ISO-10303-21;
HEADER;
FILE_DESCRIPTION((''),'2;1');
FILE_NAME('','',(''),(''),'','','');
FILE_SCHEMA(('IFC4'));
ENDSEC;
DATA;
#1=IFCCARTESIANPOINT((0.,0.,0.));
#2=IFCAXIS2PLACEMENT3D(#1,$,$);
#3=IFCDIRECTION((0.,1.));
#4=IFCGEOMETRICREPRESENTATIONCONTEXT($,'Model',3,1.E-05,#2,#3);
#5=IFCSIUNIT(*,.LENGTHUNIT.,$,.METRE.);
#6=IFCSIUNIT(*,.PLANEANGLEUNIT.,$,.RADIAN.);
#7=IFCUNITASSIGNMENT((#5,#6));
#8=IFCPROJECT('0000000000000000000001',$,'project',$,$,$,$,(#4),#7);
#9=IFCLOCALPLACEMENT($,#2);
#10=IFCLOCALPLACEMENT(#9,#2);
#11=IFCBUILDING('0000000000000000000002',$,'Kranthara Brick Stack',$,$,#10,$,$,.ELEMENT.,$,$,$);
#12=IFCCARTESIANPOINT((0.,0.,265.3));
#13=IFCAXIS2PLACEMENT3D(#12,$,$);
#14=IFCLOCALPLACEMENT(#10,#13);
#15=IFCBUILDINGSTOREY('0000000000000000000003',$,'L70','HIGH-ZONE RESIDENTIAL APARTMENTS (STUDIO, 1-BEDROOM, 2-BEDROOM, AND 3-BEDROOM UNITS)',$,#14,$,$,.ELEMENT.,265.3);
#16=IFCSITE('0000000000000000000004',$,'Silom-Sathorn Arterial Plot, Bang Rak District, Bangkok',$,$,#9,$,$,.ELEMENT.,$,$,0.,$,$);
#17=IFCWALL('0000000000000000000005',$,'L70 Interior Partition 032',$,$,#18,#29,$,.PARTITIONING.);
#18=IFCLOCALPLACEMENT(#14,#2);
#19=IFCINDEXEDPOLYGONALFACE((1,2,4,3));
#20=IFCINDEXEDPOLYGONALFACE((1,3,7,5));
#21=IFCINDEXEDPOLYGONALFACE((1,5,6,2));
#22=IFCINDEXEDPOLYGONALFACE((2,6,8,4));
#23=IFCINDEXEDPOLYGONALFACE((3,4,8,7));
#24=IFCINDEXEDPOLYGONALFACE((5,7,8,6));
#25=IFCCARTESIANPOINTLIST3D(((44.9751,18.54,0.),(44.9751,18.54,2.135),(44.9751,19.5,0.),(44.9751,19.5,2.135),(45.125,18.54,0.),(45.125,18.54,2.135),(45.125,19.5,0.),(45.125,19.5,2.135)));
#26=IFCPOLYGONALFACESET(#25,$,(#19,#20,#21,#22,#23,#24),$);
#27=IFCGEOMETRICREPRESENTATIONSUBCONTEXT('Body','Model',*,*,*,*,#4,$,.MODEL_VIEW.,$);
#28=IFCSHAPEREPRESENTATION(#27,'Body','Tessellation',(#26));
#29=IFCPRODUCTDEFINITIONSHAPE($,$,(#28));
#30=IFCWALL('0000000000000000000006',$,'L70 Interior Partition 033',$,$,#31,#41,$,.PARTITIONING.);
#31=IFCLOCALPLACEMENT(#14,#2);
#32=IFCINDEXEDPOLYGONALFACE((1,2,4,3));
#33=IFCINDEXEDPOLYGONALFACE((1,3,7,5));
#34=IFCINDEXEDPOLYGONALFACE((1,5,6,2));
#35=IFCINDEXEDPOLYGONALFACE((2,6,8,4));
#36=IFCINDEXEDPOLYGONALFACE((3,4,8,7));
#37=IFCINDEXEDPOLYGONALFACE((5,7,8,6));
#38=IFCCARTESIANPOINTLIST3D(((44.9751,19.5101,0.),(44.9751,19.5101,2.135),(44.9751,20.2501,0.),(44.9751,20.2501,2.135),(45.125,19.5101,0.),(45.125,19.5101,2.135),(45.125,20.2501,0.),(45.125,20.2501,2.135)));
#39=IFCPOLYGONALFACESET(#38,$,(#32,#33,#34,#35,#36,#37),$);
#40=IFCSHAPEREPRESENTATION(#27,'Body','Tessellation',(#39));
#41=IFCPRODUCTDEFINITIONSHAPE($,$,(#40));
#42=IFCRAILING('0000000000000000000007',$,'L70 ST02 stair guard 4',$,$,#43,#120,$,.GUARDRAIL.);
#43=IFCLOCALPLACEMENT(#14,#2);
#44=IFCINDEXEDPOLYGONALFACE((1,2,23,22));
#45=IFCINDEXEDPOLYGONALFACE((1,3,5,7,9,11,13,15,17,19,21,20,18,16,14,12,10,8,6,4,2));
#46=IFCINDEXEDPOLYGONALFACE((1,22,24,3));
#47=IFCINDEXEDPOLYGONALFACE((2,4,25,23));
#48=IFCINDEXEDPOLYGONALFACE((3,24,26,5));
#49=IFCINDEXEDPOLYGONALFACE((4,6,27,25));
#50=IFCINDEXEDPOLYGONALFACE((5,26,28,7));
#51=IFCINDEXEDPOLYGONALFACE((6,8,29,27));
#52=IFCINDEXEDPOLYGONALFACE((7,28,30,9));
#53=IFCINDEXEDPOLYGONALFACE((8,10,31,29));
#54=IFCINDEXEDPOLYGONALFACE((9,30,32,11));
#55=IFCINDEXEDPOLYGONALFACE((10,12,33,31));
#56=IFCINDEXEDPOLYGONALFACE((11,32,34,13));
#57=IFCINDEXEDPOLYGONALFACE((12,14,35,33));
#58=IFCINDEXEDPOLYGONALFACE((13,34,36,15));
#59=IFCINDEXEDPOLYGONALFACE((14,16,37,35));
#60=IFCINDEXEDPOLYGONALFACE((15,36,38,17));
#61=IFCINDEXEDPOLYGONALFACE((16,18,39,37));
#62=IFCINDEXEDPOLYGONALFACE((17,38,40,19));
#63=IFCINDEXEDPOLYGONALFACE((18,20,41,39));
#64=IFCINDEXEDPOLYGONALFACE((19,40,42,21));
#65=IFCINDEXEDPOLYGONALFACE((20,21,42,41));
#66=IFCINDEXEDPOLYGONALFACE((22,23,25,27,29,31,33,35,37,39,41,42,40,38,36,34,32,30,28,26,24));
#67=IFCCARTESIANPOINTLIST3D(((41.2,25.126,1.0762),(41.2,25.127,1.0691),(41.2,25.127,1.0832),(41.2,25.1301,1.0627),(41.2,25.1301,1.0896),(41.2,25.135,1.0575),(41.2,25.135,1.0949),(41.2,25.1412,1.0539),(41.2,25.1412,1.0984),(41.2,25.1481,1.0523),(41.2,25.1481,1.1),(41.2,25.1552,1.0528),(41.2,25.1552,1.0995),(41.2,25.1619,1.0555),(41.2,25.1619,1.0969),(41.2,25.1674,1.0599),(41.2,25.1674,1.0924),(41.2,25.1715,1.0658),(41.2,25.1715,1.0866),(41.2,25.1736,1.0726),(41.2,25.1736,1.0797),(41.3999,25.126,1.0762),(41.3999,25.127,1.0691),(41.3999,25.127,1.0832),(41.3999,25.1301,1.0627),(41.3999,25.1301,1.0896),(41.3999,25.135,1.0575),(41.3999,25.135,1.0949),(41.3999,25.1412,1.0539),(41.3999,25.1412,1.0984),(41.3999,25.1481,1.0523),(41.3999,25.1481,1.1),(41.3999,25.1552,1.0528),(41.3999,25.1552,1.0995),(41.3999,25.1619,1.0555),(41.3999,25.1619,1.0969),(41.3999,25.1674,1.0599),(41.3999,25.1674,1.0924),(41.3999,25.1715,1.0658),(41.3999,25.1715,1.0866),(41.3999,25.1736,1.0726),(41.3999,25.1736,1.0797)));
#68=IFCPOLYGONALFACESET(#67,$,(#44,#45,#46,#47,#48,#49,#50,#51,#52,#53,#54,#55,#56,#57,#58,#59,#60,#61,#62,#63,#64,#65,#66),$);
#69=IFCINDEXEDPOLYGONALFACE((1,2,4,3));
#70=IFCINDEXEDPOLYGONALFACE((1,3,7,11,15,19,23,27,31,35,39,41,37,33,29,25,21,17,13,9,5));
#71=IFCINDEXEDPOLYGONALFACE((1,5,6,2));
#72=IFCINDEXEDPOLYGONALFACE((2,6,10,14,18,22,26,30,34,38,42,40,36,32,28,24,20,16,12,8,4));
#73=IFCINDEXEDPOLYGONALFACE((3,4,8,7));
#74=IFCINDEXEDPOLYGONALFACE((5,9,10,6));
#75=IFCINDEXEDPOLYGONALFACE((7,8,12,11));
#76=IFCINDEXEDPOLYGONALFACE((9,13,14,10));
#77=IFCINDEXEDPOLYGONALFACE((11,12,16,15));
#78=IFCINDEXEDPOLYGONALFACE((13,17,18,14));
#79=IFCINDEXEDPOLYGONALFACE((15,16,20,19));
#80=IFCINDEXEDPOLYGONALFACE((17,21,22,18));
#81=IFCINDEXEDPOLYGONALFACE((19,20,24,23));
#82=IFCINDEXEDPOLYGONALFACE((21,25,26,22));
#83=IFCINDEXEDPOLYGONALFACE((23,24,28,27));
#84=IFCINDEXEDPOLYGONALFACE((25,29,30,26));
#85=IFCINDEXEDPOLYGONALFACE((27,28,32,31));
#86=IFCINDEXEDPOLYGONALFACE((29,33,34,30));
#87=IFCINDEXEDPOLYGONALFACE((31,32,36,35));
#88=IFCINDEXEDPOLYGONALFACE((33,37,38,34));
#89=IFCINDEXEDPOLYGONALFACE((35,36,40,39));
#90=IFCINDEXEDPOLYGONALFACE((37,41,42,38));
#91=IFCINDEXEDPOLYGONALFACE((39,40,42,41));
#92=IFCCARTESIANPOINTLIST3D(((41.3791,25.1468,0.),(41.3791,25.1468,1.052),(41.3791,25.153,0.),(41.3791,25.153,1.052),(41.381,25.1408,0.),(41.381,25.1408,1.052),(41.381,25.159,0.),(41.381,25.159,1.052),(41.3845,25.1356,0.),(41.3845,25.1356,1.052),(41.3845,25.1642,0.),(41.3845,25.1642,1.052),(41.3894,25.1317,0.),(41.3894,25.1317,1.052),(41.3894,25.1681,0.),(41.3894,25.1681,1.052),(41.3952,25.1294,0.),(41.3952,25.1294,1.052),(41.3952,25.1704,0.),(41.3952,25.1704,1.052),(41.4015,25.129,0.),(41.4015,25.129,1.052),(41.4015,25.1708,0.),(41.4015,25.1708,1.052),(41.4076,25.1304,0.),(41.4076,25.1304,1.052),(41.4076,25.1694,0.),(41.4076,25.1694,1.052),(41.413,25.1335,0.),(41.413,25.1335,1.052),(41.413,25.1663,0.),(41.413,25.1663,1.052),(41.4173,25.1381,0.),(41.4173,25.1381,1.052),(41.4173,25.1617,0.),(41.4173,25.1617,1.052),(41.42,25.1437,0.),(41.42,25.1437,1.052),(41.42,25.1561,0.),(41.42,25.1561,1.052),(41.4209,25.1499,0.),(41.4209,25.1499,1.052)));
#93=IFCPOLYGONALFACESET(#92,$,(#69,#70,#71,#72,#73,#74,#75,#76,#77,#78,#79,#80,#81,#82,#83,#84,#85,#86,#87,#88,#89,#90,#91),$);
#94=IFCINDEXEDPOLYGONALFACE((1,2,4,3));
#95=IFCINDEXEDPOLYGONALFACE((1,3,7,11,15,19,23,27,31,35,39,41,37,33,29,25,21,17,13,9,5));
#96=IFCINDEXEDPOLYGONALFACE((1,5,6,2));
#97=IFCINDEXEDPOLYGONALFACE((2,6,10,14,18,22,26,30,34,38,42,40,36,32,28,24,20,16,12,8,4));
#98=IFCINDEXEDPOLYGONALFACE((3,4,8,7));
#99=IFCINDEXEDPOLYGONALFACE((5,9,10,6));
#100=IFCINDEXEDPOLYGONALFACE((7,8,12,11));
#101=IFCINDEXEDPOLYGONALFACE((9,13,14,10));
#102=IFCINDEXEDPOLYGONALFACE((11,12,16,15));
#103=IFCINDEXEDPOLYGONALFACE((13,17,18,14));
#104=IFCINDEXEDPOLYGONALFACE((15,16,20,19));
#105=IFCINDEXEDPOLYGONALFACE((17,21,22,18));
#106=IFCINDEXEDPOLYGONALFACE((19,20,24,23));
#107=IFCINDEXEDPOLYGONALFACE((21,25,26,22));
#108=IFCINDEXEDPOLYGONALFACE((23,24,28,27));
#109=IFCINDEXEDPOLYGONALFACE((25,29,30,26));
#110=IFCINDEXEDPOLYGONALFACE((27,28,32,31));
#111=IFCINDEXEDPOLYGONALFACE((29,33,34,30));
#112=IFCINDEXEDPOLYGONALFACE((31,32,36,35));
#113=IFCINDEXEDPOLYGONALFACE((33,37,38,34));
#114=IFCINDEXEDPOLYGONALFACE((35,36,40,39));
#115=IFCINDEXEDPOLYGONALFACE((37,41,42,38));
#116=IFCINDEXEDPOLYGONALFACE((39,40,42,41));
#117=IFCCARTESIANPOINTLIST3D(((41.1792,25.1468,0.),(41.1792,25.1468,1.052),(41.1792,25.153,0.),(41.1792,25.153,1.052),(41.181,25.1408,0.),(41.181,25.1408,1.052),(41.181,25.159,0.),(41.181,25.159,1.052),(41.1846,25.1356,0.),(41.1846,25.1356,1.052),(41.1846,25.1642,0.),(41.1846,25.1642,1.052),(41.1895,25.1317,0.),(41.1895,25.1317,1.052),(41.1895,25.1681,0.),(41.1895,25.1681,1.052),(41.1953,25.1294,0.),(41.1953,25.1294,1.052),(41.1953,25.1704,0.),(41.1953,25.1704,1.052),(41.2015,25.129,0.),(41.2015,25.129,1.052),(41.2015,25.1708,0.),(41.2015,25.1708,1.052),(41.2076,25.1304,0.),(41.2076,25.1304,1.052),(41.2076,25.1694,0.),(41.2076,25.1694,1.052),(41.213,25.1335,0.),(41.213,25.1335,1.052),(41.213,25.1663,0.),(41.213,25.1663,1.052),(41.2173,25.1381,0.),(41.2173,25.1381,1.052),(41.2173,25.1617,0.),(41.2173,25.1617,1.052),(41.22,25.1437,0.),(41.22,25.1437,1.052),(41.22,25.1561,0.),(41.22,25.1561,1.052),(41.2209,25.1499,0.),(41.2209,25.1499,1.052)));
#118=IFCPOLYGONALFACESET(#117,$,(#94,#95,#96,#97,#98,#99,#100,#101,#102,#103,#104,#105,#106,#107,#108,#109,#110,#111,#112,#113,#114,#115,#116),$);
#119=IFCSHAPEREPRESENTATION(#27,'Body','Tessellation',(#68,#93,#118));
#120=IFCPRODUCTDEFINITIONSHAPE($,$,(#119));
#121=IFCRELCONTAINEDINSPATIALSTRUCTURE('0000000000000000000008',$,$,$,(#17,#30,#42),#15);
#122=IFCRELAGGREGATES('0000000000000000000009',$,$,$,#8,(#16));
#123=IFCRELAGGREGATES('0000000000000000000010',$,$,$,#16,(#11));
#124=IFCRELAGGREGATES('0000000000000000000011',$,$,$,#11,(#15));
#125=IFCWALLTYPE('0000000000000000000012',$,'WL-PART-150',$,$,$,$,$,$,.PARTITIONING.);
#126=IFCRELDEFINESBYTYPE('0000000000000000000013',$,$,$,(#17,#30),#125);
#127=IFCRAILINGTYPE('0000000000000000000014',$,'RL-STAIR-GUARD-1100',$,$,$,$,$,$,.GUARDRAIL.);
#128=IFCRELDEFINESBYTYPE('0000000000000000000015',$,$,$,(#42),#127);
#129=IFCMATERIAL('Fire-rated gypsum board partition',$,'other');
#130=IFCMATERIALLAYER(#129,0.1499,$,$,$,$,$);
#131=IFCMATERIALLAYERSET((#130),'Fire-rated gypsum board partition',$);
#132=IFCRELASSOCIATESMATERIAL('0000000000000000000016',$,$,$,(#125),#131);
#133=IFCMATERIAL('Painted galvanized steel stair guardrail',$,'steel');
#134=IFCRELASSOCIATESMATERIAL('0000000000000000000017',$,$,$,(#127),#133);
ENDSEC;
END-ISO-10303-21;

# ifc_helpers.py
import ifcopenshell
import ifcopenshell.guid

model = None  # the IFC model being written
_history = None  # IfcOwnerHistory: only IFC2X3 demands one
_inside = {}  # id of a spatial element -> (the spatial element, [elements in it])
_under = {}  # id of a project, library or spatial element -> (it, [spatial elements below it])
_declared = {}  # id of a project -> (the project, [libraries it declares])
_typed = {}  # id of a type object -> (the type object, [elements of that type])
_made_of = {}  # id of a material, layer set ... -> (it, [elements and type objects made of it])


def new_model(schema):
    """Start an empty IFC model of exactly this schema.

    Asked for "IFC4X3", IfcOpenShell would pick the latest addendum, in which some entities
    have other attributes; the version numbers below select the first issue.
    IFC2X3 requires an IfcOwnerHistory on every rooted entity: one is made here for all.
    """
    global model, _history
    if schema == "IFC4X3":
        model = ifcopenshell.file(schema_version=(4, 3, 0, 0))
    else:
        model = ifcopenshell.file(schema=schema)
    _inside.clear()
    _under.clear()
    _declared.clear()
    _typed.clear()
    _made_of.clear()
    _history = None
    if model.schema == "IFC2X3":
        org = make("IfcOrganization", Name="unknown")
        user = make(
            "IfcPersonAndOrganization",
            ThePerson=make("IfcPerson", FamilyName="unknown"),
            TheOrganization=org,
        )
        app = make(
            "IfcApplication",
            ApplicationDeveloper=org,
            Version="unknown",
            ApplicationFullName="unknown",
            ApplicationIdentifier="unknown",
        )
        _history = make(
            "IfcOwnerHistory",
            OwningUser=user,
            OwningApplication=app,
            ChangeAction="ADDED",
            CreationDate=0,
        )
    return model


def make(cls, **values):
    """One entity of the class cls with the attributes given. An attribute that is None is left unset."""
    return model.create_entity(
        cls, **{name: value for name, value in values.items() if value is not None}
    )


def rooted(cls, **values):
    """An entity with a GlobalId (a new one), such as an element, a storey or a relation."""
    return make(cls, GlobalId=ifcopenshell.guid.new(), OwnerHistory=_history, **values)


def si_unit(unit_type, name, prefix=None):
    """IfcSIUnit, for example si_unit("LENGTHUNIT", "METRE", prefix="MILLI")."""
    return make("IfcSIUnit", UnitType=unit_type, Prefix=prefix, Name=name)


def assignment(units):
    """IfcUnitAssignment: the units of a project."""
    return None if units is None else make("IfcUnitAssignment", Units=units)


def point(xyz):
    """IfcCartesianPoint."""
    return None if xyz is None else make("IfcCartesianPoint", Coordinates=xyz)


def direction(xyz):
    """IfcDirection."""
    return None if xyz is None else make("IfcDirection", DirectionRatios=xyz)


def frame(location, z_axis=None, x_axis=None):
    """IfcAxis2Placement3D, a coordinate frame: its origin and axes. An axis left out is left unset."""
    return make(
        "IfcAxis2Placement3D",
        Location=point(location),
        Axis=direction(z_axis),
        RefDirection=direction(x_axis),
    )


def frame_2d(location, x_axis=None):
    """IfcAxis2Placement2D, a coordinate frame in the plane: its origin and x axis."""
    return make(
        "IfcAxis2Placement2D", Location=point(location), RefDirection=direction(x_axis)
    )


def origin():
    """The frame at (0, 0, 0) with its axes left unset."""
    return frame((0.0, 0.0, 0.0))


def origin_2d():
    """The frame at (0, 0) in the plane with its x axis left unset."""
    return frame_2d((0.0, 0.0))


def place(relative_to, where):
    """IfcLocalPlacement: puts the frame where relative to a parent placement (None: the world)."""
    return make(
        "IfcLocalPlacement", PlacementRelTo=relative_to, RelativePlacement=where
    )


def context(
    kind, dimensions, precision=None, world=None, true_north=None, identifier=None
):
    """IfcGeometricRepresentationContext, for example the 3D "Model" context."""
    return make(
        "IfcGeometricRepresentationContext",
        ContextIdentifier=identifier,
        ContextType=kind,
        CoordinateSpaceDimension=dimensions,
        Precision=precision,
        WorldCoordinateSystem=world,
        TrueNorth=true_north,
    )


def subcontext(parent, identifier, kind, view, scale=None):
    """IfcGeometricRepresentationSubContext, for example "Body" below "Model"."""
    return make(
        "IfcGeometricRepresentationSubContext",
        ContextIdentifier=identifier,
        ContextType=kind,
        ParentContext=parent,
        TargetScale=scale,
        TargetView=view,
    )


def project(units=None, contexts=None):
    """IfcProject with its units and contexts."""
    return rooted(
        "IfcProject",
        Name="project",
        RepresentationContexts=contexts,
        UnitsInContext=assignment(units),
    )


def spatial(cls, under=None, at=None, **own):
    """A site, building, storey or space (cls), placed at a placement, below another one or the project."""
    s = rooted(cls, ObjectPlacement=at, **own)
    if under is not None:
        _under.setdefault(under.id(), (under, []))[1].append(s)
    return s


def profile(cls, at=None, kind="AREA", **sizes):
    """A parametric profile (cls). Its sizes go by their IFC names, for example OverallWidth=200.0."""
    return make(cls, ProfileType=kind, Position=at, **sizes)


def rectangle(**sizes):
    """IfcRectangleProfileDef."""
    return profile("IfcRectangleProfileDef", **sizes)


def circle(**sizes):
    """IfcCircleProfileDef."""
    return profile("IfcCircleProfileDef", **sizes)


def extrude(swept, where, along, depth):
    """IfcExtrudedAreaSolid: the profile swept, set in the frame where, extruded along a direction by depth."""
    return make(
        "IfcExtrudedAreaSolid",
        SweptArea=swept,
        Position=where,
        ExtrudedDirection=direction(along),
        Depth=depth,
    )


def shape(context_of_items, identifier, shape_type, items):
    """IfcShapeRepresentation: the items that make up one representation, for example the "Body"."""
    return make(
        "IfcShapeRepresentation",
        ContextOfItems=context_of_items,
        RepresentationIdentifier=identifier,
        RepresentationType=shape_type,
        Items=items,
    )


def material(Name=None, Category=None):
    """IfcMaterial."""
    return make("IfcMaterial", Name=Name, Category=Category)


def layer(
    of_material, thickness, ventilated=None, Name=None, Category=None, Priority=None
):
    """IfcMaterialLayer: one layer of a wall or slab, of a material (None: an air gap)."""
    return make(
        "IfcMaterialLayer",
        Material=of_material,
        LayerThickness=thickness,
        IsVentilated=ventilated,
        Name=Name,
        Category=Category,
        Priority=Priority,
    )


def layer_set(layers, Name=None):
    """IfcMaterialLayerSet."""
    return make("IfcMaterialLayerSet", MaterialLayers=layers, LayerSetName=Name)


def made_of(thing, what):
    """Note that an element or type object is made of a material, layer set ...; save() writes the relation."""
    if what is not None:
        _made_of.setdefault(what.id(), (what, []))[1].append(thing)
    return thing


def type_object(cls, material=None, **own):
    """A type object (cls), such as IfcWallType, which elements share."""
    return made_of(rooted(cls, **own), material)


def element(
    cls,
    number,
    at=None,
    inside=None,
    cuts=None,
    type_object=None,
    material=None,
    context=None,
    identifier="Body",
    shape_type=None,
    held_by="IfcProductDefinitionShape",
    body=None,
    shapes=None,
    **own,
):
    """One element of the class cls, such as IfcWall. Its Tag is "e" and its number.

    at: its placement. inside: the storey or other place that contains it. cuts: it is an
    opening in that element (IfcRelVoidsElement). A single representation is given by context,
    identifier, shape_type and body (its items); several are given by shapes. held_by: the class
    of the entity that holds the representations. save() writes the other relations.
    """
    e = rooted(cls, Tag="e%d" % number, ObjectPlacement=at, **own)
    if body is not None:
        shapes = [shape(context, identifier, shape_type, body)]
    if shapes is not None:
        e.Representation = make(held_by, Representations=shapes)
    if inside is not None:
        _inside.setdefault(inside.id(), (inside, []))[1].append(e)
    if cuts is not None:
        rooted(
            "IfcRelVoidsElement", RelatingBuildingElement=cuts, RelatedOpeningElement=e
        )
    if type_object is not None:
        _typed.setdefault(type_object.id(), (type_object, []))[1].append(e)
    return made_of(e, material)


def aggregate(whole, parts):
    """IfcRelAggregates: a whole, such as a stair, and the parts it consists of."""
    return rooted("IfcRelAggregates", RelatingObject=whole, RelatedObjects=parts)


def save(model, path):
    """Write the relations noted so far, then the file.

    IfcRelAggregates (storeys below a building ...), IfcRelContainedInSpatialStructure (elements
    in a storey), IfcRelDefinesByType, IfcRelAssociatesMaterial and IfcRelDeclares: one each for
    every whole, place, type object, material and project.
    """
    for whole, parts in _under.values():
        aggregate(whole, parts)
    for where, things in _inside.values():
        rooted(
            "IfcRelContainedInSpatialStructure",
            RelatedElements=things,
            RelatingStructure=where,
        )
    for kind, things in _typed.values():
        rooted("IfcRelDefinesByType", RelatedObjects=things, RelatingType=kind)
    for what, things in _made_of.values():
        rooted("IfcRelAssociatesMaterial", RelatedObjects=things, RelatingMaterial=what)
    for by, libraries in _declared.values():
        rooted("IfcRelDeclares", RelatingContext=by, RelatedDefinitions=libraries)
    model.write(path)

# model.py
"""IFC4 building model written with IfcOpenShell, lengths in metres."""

from ifc_helpers import new_model, si_unit, direction, frame, frame_2d, origin, origin_2d, place, context, subcontext, project, spatial, rectangle, circle, extrude, material, layer, layer_set, type_object, element, save


model = new_model("IFC4")

# Units and contexts
model_context = context("Model", 3, precision=1e-05, world=origin(), true_north=direction((0.0, 1.0)))
body_context = subcontext(model_context, "Body", "Model", "MODEL_VIEW")
ifc_project = project(units=[si_unit("LENGTHUNIT", "METRE"), si_unit("PLANEANGLEUNIT", "RADIAN")], contexts=[model_context])

# Site, building, storey
site_placement = place(None, origin())
site = spatial("IfcSite", under=ifc_project, at=site_placement, Name="Silom-Sathorn Arterial Plot, Bang Rak District, Bangkok", CompositionType="ELEMENT", RefElevation=0.0)
building_placement = place(site_placement, origin())
building = spatial("IfcBuilding", under=site, at=building_placement, Name="Kranthara Brick Stack", CompositionType="ELEMENT")
storey_placement = place(building_placement, frame((0.0, 0.0, 265.3)))
storey = spatial("IfcBuildingStorey", under=building, at=storey_placement, Name="L70", Description="HIGH-ZONE RESIDENTIAL APARTMENTS (STUDIO, 1-BEDROOM, 2-BEDROOM, AND 3-BEDROOM UNITS)", CompositionType="ELEMENT", Elevation=265.3)

# Walls
ifc_material_1 = material(Name="Fire-rated gypsum board partition", Category="other")
ifc_layer_1 = layer(ifc_material_1, 0.1499)
ifc_layer_set_1 = layer_set([ifc_layer_1], Name="Fire-rated gypsum board partition")
wall_type_1 = type_object("IfcWallType", Name="WL-PART-150", PredefinedType="PARTITIONING", material=ifc_layer_set_1)
wall_1_placement = place(storey_placement, frame((45.05, 19.5, 0.0), z_axis=(0.0, 0.0, 1.0), x_axis=(0.0, -1.0, 0.0)))
element("IfcWall", 1, at=wall_1_placement, inside=storey, type_object=wall_type_1, Name="L70 Interior Partition 032", PredefinedType="PARTITIONING", context=body_context, shape_type="SweptSolid", body=[
    extrude(rectangle(XDim=0.96, YDim=0.1499, at=frame_2d((0.48, 0.0))), origin(), (0.0, 0.0, 1.0), 2.135),
])
wall_2_placement = place(storey_placement, frame((45.05, 19.51, 0.0), z_axis=(0.0, 0.0, 1.0), x_axis=(0.0, 1.0, 0.0)))
element("IfcWall", 2, at=wall_2_placement, inside=storey, type_object=wall_type_1, Name="L70 Interior Partition 033", PredefinedType="PARTITIONING", context=body_context, shape_type="SweptSolid", body=[
    extrude(rectangle(XDim=0.74, YDim=0.1499, at=frame_2d((0.3701, 0.0))), origin(), (0.0, 0.0, 1.0), 2.135),
])

# Railing
ifc_material_2 = material(Name="Painted galvanized steel stair guardrail", Category="steel")
railing_type = type_object("IfcRailingType", Name="RL-STAIR-GUARD-1100", PredefinedType="GUARDRAIL", material=ifc_material_2)
railing_placement = place(storey_placement, frame((41.3999, 25.1499, 0.0)))
element("IfcRailing", 3, at=railing_placement, inside=storey, type_object=railing_type, Name="L70 ST02 stair guard 4", PredefinedType="GUARDRAIL", context=body_context, shape_type="SweptSolid", body=[
    extrude(circle(Radius=0.0239, at=origin_2d()), frame((0.0, 0.0, 1.0762), z_axis=(-1.0, 0.0, 0.0), x_axis=(0.0, -1.0, 0.0)), (0.0, 0.0, 1.0), 0.2),
    extrude(circle(Radius=0.021, at=origin_2d()), origin(), (0.0, 0.0, 1.0), 1.052),
    extrude(circle(Radius=0.021, at=origin_2d()), frame((-0.2, 0.0, 0.0)), (0.0, 0.0, 1.0), 1.052),
])

save(model, "model.ifc")
